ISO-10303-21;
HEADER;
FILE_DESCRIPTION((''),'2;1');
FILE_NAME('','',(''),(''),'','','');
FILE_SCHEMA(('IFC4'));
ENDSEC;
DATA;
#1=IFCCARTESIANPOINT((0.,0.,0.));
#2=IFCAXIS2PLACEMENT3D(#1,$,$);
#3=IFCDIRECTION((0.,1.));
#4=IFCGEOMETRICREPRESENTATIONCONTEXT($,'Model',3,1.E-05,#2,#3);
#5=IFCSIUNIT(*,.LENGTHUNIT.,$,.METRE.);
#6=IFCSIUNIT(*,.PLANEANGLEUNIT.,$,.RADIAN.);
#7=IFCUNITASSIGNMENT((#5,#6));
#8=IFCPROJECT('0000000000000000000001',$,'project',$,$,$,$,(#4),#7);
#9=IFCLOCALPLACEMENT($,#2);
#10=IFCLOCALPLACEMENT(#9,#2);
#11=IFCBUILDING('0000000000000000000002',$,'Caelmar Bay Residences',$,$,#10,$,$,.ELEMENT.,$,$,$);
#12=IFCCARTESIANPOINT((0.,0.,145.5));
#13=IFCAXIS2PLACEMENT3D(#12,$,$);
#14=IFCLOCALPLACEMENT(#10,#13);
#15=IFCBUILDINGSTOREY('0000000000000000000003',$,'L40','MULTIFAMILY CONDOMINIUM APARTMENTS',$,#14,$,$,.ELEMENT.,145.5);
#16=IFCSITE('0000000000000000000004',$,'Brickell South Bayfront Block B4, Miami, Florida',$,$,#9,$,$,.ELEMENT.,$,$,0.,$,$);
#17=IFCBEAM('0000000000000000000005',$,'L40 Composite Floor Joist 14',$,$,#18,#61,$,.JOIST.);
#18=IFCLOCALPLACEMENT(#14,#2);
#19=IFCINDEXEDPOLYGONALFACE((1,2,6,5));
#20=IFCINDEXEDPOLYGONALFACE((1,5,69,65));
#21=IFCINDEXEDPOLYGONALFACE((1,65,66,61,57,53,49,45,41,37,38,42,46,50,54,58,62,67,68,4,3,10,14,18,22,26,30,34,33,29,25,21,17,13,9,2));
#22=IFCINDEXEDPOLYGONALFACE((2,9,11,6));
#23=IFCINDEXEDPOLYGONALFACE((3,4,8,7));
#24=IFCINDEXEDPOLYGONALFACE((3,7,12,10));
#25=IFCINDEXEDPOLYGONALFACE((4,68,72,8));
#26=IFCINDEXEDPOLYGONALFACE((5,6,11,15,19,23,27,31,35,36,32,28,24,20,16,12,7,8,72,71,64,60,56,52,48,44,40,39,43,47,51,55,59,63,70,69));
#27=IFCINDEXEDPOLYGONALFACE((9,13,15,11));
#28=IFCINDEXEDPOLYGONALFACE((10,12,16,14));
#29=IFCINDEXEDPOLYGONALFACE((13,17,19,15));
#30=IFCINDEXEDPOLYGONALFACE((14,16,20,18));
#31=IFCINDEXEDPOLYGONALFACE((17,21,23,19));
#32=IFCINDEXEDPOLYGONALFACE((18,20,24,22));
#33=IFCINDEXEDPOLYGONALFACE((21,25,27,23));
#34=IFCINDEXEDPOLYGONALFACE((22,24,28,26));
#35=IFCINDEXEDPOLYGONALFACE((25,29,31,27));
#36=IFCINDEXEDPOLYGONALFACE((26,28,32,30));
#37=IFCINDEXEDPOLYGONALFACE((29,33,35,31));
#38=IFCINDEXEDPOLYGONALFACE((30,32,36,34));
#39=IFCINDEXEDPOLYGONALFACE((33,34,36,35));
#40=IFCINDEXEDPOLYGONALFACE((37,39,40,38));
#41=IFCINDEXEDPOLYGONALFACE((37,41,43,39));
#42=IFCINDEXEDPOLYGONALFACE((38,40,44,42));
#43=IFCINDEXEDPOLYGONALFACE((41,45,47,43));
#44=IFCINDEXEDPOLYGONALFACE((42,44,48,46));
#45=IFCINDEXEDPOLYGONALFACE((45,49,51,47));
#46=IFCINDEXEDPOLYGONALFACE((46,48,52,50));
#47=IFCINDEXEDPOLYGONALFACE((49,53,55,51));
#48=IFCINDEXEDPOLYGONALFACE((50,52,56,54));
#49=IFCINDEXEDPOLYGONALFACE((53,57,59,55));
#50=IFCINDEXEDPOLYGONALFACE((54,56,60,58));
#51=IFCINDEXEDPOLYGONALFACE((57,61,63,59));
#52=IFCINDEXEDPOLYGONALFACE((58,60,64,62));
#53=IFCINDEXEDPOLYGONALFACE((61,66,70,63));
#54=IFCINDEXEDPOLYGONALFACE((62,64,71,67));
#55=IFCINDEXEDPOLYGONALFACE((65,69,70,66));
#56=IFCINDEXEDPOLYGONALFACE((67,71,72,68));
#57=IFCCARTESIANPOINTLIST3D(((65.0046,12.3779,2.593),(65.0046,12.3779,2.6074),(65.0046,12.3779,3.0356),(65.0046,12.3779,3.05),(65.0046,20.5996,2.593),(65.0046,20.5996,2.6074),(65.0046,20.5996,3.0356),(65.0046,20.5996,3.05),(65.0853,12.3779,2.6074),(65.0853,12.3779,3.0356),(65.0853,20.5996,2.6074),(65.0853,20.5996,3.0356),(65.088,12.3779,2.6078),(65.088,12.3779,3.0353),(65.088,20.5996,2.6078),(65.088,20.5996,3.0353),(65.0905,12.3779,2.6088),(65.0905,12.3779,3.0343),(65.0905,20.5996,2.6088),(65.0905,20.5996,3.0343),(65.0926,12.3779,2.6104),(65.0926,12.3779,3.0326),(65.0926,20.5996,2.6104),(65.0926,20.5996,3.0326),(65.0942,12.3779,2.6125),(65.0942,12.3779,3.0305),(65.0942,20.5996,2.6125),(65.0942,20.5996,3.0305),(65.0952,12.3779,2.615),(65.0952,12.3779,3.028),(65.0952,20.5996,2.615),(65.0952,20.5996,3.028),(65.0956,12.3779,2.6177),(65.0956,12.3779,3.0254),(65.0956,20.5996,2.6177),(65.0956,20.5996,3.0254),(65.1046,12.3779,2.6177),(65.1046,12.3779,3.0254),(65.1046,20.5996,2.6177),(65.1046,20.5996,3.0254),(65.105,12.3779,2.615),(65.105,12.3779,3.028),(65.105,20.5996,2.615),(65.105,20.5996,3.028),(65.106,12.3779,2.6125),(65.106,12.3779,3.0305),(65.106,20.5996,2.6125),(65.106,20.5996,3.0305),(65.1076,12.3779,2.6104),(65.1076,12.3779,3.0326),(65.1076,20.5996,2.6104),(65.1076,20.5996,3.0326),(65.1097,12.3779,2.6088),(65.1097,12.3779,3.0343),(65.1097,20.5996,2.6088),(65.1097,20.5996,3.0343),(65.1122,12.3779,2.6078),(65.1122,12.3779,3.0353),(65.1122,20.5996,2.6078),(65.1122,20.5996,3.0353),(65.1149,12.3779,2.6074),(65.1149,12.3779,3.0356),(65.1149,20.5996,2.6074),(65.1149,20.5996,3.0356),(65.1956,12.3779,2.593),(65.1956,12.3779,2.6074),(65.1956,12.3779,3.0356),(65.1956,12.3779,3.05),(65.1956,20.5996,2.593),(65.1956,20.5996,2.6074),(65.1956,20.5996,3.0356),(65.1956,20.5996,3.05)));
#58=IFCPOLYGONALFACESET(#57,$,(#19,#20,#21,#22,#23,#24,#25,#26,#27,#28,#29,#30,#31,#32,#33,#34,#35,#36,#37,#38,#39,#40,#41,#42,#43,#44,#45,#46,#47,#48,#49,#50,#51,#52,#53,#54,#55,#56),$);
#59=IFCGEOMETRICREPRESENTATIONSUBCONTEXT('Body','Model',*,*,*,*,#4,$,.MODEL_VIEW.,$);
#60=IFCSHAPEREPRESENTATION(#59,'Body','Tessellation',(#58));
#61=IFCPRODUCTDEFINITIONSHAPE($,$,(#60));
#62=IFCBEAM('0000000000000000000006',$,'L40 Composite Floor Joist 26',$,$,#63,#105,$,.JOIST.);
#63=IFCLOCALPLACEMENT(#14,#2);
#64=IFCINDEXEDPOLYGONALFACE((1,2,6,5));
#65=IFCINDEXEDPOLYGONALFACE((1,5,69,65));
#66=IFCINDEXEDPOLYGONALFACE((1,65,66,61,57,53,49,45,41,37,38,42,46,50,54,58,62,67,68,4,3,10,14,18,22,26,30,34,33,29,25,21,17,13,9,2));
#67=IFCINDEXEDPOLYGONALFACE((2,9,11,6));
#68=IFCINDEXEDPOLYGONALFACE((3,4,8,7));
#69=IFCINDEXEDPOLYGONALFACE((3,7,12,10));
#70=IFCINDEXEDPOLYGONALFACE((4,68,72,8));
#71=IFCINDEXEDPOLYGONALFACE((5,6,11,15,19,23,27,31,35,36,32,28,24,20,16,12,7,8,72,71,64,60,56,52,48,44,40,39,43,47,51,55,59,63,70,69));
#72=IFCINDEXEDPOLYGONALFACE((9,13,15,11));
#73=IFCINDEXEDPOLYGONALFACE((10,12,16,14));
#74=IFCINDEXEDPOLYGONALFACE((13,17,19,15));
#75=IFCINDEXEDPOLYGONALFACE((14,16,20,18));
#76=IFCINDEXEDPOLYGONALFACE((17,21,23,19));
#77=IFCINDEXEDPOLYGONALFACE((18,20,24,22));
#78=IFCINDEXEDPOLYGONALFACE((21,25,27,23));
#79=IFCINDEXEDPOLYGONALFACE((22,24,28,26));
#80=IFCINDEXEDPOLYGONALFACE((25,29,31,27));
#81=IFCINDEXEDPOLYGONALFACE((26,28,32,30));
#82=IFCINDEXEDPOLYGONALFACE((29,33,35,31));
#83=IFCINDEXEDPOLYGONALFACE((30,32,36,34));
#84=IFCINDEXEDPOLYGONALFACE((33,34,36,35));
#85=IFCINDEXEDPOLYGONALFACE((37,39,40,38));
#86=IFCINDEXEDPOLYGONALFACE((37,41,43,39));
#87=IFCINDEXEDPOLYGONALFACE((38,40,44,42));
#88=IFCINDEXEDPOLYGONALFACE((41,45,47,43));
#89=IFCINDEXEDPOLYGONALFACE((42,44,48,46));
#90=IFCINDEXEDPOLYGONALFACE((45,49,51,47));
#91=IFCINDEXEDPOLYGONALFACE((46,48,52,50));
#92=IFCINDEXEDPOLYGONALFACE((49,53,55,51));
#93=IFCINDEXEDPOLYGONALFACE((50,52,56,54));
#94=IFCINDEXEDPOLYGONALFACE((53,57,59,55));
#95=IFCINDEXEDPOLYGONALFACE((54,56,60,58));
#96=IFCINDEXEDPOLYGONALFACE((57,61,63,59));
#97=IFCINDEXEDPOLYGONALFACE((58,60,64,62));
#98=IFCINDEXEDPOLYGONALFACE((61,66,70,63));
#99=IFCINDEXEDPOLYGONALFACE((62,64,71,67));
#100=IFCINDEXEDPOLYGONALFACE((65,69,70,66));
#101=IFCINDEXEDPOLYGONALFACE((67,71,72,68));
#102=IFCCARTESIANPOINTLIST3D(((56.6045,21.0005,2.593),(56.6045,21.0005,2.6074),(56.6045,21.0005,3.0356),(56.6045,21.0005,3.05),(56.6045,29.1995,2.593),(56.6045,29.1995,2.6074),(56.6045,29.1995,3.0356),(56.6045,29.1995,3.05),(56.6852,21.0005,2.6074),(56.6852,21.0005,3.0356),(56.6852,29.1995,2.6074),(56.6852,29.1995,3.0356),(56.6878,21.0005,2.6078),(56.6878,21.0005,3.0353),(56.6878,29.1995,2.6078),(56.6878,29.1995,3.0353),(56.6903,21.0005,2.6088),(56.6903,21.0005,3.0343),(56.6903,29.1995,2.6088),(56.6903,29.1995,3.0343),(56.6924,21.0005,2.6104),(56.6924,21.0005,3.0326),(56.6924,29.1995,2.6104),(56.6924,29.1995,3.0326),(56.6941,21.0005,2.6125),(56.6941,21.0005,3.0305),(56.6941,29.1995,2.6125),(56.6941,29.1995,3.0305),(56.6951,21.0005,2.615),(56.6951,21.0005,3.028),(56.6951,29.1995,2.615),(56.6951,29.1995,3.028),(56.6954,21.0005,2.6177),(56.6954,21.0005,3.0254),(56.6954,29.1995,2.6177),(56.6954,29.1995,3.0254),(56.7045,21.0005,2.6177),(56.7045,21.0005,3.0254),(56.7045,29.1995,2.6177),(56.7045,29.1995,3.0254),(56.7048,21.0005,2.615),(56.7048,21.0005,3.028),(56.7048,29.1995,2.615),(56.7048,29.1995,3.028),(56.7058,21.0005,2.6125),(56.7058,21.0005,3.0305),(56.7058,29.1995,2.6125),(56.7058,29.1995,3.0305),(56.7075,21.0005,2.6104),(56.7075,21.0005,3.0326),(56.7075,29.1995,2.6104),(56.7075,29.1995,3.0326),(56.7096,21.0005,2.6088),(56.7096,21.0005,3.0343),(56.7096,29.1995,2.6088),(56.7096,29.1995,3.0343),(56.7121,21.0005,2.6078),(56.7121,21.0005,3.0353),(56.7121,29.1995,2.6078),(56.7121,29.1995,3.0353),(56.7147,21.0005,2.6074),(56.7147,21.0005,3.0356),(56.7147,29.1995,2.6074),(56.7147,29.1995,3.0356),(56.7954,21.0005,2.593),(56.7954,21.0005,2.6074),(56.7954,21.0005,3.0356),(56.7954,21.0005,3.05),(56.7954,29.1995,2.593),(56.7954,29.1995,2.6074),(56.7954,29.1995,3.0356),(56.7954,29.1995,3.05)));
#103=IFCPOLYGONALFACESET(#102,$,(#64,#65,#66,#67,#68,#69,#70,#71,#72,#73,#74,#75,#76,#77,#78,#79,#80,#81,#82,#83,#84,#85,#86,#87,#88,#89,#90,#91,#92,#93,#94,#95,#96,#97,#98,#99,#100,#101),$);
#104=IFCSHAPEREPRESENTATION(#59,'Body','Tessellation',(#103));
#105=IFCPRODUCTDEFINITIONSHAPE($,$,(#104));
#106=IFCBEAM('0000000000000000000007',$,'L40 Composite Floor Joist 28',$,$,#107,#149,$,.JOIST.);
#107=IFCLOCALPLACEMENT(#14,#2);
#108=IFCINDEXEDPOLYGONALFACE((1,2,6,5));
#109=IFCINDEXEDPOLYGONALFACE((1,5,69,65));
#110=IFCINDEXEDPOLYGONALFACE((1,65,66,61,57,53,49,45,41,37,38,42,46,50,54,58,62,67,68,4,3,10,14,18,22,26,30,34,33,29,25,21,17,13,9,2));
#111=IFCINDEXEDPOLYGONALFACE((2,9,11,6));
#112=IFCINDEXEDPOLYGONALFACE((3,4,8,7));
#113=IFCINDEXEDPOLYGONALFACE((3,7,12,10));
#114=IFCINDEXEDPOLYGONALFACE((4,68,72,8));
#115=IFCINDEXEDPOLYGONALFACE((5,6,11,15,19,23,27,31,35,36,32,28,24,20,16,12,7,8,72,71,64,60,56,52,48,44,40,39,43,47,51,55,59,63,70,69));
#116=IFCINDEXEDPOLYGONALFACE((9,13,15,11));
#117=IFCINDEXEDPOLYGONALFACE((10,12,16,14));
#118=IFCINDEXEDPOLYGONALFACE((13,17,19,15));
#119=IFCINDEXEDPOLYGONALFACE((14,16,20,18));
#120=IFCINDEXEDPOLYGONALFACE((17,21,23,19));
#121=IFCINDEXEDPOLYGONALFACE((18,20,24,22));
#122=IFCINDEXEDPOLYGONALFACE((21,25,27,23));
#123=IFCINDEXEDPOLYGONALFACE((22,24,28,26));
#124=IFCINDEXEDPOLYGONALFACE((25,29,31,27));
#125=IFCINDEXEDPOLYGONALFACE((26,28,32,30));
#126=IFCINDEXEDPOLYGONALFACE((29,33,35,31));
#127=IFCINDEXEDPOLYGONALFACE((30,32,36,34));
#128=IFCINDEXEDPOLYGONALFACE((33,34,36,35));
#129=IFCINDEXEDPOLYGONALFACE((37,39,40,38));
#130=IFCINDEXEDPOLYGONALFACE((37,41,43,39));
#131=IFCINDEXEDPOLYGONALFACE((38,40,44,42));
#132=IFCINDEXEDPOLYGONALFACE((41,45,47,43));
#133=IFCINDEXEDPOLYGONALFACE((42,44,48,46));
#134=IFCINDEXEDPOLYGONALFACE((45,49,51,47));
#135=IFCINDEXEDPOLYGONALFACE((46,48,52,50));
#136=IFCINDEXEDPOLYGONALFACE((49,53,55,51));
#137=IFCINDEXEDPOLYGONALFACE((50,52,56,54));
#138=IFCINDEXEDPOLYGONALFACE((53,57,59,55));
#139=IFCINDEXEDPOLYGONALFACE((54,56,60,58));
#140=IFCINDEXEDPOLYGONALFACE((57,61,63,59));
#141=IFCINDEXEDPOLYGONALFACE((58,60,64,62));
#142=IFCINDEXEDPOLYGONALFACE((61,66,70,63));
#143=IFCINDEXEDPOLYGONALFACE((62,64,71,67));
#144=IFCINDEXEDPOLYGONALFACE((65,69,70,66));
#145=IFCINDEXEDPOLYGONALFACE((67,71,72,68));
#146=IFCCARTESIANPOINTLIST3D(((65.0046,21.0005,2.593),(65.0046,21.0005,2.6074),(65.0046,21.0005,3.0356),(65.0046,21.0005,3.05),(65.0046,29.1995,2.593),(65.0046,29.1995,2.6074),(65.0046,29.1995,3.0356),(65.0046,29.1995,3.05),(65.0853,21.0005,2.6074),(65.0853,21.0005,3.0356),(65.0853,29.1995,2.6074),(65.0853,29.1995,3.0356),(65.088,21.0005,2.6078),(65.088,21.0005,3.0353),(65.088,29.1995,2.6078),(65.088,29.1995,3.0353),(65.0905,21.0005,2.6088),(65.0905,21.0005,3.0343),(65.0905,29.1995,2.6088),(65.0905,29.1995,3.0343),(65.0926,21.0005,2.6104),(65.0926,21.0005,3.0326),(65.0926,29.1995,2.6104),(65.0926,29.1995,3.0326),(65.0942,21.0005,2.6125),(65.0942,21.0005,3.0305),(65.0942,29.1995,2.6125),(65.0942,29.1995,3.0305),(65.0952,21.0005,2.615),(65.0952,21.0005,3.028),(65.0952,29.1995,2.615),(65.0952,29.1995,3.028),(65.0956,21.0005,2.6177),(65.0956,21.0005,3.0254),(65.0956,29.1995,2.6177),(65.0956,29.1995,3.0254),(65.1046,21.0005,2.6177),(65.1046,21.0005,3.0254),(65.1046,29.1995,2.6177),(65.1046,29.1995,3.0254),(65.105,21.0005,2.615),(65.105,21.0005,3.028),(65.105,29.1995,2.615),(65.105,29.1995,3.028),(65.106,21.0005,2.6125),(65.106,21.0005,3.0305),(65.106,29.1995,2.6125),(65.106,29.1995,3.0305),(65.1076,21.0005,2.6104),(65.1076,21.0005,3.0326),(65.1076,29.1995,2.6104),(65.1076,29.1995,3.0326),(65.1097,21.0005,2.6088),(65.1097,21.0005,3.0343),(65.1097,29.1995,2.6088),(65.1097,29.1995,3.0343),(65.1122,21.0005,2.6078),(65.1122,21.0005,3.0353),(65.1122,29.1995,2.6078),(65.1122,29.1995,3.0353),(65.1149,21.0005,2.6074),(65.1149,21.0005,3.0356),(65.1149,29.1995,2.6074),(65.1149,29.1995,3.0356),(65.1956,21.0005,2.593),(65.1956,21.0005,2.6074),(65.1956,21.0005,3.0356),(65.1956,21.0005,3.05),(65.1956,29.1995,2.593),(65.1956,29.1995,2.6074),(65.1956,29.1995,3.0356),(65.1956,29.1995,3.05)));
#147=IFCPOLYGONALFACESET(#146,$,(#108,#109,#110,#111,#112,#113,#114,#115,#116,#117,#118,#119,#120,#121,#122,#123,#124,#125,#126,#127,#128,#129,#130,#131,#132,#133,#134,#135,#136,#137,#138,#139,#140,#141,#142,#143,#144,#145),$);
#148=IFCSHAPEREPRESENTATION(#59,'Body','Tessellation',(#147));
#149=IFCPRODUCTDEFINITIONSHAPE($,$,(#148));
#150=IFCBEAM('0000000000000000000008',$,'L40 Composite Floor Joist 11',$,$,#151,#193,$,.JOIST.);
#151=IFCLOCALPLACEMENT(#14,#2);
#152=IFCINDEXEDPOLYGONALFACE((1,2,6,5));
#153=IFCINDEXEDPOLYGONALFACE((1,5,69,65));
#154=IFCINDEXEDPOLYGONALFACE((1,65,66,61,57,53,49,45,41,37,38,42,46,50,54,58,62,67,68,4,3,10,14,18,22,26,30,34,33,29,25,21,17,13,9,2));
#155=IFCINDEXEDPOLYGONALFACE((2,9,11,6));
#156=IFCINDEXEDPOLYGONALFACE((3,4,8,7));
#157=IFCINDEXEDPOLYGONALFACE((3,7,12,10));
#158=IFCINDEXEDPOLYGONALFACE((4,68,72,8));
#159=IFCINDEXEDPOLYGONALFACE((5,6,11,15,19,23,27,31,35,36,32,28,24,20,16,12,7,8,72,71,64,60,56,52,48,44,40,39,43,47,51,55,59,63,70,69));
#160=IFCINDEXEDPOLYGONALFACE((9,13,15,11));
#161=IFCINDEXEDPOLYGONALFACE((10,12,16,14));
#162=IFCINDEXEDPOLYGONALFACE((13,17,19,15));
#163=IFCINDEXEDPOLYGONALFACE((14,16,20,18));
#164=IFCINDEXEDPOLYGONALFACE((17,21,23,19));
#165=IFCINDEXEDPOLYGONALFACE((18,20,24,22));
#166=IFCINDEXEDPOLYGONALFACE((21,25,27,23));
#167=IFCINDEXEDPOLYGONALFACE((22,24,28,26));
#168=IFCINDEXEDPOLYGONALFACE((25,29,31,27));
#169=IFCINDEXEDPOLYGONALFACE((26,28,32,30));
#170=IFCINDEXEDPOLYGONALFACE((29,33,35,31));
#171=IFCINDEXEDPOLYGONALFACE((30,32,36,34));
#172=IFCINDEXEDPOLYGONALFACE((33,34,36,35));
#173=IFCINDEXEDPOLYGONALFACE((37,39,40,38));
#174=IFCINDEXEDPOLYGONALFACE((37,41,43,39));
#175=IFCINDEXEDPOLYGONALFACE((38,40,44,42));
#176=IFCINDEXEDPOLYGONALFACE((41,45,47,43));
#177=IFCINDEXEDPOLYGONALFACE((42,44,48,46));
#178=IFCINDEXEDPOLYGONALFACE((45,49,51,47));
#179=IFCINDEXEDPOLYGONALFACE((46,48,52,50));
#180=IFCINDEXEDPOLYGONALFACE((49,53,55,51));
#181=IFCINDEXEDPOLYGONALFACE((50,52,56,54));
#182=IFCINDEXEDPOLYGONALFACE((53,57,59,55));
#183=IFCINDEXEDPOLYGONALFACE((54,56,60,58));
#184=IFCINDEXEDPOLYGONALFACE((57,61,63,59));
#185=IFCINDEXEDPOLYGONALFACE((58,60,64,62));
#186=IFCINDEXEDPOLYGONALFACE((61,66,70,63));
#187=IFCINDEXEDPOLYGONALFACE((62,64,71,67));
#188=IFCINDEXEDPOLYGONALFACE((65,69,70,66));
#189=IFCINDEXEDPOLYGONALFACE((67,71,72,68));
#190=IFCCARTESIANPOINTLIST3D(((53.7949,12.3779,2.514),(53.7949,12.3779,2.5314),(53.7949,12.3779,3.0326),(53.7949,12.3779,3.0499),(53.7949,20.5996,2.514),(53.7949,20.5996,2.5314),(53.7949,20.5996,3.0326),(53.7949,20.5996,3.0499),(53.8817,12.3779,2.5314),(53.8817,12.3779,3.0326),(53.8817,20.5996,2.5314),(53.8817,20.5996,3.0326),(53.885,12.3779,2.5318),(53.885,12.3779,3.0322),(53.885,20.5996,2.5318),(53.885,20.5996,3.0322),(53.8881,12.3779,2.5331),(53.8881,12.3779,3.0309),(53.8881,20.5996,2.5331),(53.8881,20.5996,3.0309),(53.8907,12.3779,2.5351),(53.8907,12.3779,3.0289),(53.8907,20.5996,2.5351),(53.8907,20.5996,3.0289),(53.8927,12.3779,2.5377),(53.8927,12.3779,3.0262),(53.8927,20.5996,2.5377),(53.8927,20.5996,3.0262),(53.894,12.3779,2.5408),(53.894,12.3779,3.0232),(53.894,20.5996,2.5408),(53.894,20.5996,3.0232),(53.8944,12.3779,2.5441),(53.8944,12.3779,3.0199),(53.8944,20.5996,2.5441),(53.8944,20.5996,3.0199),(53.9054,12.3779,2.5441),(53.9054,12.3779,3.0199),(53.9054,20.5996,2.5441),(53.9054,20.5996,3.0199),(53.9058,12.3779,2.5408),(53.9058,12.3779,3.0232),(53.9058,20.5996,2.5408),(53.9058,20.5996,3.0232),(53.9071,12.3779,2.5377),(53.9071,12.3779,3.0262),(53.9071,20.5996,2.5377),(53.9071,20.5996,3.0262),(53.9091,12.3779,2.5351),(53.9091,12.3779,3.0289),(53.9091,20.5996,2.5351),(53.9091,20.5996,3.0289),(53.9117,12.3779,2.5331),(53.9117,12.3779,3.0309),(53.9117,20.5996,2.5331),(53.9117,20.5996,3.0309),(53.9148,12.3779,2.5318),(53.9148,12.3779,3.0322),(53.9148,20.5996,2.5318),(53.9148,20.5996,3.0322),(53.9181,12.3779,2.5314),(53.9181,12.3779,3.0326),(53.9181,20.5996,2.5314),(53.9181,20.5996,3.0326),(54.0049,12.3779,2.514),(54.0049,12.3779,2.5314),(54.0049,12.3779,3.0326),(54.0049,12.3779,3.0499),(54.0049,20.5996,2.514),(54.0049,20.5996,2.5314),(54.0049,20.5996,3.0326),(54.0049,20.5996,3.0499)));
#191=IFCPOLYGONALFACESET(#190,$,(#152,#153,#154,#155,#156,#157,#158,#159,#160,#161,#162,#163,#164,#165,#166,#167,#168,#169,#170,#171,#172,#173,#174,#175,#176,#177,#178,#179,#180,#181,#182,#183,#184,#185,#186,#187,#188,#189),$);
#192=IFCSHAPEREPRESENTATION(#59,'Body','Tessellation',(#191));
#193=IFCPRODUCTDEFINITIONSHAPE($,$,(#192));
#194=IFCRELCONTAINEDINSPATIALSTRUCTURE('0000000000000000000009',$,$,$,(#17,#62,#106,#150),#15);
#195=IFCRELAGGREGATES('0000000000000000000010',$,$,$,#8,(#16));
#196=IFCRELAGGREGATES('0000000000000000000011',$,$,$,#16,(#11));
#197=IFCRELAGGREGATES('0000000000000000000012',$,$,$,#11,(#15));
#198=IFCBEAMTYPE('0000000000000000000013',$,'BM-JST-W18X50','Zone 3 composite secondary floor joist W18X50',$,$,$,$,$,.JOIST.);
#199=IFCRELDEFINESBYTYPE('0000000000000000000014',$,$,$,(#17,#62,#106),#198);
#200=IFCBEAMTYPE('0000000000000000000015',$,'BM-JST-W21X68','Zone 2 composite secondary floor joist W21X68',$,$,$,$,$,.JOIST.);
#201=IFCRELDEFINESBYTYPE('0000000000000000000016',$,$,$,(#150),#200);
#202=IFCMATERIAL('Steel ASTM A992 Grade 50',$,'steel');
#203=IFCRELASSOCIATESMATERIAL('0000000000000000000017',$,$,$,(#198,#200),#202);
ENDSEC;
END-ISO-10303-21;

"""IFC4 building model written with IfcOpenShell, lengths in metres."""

from ifc_helpers import new_model, si_unit, direction, frame, origin, origin_2d, place, context, subcontext, project, spatial, i_section, extrude, material, material_profile, profile_set, type_object, element, save


model = new_model("IFC4")

# Units and contexts
model_context = context("Model", 3, precision=1e-05, world=origin(), true_north=direction((0.0, 1.0)))
body_context = subcontext(model_context, "Body", "Model", "MODEL_VIEW")
ifc_project = project(units=[si_unit("LENGTHUNIT", "METRE"), si_unit("PLANEANGLEUNIT", "RADIAN")], contexts=[model_context])

# Site, building, storey
site_placement = place(None, origin())
site = spatial("IfcSite", under=ifc_project, at=site_placement, Name="Brickell South Bayfront Block B4, Miami, Florida", CompositionType="ELEMENT", RefElevation=0.0)
building_placement = place(site_placement, origin())
building = spatial("IfcBuilding", under=site, at=building_placement, Name="Caelmar Bay Residences", CompositionType="ELEMENT")
storey_placement = place(building_placement, frame((0.0, 0.0, 145.5)))
storey = spatial("IfcBuildingStorey", under=building, at=storey_placement, Name="L40", Description="MULTIFAMILY CONDOMINIUM APARTMENTS", CompositionType="ELEMENT", Elevation=145.5)

# Beams
ifc_material_1 = material(Name="Steel ASTM A992 Grade 50", Category="steel")
ifc_material_profile_1 = material_profile(ifc_material_1, i_section(OverallWidth=0.1909, OverallDepth=0.457, WebThickness=0.009, FlangeThickness=0.0144, FilletRadius=0.0103, at=origin_2d()), Name="W18X50")
ifc_profile_set_1 = profile_set([ifc_material_profile_1], Name="Steel ASTM A992 Grade 50")
beam_type_1 = type_object("IfcBeamType", Name="BM-JST-W18X50", Description="Zone 3 composite secondary floor joist W18X50", PredefinedType="JOIST", material=ifc_profile_set_1)
for number, where, z_axis, x_axis, name in (
    (1, (65.1001, 12.3779, 2.8215), (0.0, 1.0, 0.0), (-1.0, 0.0, 0.0), "L40 Composite Floor Joist 14"),
):
    element("IfcBeam", number, at=place(storey_placement, frame(where, z_axis=z_axis, x_axis=x_axis)), inside=storey, type_object=beam_type_1, Name=name, PredefinedType="JOIST", context=body_context, shape_type="SweptSolid", body=[
        extrude(i_section(OverallWidth=0.1909, OverallDepth=0.457, WebThickness=0.009, FlangeThickness=0.0144, FilletRadius=0.0103, at=origin_2d()), origin(), (0.0, 0.0, 1.0), 8.2217),
    ])
for number, where, z_axis, x_axis, name in (
    (2, (56.7, 21.0005, 2.8215), (0.0, 1.0, 0.0), (-1.0, 0.0, 0.0), "L40 Composite Floor Joist 26"),
    (3, (65.1001, 21.0005, 2.8215), (0.0, 1.0, 0.0), (-1.0, 0.0, 0.0), "L40 Composite Floor Joist 28"),
):
    element("IfcBeam", number, at=place(storey_placement, frame(where, z_axis=z_axis, x_axis=x_axis)), inside=storey, type_object=beam_type_1, Name=name, PredefinedType="JOIST", context=body_context, shape_type="SweptSolid", body=[
        extrude(i_section(OverallWidth=0.1909, OverallDepth=0.457, WebThickness=0.009, FlangeThickness=0.0144, FilletRadius=0.0103, at=origin_2d()), origin(), (0.0, 0.0, 1.0), 8.199),
    ])
ifc_material_profile_2 = material_profile(ifc_material_1, i_section(OverallWidth=0.21, OverallDepth=0.5359, WebThickness=0.011, FlangeThickness=0.0173, FilletRadius=0.0127, at=origin_2d()), Name="W21X68")
ifc_profile_set_2 = profile_set([ifc_material_profile_2], Name="Steel ASTM A992 Grade 50")
beam_type_2 = type_object("IfcBeamType", Name="BM-JST-W21X68", Description="Zone 2 composite secondary floor joist W21X68", PredefinedType="JOIST", material=ifc_profile_set_2)
for number, where, z_axis, x_axis, name in (
    (4, (53.8999, 12.3779, 2.782), (0.0, 1.0, 0.0), (-1.0, 0.0, 0.0), "L40 Composite Floor Joist 11"),
):
    element("IfcBeam", number, at=place(storey_placement, frame(where, z_axis=z_axis, x_axis=x_axis)), inside=storey, type_object=beam_type_2, Name=name, PredefinedType="JOIST", context=body_context, shape_type="SweptSolid", body=[
        extrude(i_section(OverallWidth=0.21, OverallDepth=0.5359, WebThickness=0.011, FlangeThickness=0.0173, FilletRadius=0.0127, at=origin_2d()), origin(), (0.0, 0.0, 1.0), 8.2217),
    ])

save(model, "model.ifc")
